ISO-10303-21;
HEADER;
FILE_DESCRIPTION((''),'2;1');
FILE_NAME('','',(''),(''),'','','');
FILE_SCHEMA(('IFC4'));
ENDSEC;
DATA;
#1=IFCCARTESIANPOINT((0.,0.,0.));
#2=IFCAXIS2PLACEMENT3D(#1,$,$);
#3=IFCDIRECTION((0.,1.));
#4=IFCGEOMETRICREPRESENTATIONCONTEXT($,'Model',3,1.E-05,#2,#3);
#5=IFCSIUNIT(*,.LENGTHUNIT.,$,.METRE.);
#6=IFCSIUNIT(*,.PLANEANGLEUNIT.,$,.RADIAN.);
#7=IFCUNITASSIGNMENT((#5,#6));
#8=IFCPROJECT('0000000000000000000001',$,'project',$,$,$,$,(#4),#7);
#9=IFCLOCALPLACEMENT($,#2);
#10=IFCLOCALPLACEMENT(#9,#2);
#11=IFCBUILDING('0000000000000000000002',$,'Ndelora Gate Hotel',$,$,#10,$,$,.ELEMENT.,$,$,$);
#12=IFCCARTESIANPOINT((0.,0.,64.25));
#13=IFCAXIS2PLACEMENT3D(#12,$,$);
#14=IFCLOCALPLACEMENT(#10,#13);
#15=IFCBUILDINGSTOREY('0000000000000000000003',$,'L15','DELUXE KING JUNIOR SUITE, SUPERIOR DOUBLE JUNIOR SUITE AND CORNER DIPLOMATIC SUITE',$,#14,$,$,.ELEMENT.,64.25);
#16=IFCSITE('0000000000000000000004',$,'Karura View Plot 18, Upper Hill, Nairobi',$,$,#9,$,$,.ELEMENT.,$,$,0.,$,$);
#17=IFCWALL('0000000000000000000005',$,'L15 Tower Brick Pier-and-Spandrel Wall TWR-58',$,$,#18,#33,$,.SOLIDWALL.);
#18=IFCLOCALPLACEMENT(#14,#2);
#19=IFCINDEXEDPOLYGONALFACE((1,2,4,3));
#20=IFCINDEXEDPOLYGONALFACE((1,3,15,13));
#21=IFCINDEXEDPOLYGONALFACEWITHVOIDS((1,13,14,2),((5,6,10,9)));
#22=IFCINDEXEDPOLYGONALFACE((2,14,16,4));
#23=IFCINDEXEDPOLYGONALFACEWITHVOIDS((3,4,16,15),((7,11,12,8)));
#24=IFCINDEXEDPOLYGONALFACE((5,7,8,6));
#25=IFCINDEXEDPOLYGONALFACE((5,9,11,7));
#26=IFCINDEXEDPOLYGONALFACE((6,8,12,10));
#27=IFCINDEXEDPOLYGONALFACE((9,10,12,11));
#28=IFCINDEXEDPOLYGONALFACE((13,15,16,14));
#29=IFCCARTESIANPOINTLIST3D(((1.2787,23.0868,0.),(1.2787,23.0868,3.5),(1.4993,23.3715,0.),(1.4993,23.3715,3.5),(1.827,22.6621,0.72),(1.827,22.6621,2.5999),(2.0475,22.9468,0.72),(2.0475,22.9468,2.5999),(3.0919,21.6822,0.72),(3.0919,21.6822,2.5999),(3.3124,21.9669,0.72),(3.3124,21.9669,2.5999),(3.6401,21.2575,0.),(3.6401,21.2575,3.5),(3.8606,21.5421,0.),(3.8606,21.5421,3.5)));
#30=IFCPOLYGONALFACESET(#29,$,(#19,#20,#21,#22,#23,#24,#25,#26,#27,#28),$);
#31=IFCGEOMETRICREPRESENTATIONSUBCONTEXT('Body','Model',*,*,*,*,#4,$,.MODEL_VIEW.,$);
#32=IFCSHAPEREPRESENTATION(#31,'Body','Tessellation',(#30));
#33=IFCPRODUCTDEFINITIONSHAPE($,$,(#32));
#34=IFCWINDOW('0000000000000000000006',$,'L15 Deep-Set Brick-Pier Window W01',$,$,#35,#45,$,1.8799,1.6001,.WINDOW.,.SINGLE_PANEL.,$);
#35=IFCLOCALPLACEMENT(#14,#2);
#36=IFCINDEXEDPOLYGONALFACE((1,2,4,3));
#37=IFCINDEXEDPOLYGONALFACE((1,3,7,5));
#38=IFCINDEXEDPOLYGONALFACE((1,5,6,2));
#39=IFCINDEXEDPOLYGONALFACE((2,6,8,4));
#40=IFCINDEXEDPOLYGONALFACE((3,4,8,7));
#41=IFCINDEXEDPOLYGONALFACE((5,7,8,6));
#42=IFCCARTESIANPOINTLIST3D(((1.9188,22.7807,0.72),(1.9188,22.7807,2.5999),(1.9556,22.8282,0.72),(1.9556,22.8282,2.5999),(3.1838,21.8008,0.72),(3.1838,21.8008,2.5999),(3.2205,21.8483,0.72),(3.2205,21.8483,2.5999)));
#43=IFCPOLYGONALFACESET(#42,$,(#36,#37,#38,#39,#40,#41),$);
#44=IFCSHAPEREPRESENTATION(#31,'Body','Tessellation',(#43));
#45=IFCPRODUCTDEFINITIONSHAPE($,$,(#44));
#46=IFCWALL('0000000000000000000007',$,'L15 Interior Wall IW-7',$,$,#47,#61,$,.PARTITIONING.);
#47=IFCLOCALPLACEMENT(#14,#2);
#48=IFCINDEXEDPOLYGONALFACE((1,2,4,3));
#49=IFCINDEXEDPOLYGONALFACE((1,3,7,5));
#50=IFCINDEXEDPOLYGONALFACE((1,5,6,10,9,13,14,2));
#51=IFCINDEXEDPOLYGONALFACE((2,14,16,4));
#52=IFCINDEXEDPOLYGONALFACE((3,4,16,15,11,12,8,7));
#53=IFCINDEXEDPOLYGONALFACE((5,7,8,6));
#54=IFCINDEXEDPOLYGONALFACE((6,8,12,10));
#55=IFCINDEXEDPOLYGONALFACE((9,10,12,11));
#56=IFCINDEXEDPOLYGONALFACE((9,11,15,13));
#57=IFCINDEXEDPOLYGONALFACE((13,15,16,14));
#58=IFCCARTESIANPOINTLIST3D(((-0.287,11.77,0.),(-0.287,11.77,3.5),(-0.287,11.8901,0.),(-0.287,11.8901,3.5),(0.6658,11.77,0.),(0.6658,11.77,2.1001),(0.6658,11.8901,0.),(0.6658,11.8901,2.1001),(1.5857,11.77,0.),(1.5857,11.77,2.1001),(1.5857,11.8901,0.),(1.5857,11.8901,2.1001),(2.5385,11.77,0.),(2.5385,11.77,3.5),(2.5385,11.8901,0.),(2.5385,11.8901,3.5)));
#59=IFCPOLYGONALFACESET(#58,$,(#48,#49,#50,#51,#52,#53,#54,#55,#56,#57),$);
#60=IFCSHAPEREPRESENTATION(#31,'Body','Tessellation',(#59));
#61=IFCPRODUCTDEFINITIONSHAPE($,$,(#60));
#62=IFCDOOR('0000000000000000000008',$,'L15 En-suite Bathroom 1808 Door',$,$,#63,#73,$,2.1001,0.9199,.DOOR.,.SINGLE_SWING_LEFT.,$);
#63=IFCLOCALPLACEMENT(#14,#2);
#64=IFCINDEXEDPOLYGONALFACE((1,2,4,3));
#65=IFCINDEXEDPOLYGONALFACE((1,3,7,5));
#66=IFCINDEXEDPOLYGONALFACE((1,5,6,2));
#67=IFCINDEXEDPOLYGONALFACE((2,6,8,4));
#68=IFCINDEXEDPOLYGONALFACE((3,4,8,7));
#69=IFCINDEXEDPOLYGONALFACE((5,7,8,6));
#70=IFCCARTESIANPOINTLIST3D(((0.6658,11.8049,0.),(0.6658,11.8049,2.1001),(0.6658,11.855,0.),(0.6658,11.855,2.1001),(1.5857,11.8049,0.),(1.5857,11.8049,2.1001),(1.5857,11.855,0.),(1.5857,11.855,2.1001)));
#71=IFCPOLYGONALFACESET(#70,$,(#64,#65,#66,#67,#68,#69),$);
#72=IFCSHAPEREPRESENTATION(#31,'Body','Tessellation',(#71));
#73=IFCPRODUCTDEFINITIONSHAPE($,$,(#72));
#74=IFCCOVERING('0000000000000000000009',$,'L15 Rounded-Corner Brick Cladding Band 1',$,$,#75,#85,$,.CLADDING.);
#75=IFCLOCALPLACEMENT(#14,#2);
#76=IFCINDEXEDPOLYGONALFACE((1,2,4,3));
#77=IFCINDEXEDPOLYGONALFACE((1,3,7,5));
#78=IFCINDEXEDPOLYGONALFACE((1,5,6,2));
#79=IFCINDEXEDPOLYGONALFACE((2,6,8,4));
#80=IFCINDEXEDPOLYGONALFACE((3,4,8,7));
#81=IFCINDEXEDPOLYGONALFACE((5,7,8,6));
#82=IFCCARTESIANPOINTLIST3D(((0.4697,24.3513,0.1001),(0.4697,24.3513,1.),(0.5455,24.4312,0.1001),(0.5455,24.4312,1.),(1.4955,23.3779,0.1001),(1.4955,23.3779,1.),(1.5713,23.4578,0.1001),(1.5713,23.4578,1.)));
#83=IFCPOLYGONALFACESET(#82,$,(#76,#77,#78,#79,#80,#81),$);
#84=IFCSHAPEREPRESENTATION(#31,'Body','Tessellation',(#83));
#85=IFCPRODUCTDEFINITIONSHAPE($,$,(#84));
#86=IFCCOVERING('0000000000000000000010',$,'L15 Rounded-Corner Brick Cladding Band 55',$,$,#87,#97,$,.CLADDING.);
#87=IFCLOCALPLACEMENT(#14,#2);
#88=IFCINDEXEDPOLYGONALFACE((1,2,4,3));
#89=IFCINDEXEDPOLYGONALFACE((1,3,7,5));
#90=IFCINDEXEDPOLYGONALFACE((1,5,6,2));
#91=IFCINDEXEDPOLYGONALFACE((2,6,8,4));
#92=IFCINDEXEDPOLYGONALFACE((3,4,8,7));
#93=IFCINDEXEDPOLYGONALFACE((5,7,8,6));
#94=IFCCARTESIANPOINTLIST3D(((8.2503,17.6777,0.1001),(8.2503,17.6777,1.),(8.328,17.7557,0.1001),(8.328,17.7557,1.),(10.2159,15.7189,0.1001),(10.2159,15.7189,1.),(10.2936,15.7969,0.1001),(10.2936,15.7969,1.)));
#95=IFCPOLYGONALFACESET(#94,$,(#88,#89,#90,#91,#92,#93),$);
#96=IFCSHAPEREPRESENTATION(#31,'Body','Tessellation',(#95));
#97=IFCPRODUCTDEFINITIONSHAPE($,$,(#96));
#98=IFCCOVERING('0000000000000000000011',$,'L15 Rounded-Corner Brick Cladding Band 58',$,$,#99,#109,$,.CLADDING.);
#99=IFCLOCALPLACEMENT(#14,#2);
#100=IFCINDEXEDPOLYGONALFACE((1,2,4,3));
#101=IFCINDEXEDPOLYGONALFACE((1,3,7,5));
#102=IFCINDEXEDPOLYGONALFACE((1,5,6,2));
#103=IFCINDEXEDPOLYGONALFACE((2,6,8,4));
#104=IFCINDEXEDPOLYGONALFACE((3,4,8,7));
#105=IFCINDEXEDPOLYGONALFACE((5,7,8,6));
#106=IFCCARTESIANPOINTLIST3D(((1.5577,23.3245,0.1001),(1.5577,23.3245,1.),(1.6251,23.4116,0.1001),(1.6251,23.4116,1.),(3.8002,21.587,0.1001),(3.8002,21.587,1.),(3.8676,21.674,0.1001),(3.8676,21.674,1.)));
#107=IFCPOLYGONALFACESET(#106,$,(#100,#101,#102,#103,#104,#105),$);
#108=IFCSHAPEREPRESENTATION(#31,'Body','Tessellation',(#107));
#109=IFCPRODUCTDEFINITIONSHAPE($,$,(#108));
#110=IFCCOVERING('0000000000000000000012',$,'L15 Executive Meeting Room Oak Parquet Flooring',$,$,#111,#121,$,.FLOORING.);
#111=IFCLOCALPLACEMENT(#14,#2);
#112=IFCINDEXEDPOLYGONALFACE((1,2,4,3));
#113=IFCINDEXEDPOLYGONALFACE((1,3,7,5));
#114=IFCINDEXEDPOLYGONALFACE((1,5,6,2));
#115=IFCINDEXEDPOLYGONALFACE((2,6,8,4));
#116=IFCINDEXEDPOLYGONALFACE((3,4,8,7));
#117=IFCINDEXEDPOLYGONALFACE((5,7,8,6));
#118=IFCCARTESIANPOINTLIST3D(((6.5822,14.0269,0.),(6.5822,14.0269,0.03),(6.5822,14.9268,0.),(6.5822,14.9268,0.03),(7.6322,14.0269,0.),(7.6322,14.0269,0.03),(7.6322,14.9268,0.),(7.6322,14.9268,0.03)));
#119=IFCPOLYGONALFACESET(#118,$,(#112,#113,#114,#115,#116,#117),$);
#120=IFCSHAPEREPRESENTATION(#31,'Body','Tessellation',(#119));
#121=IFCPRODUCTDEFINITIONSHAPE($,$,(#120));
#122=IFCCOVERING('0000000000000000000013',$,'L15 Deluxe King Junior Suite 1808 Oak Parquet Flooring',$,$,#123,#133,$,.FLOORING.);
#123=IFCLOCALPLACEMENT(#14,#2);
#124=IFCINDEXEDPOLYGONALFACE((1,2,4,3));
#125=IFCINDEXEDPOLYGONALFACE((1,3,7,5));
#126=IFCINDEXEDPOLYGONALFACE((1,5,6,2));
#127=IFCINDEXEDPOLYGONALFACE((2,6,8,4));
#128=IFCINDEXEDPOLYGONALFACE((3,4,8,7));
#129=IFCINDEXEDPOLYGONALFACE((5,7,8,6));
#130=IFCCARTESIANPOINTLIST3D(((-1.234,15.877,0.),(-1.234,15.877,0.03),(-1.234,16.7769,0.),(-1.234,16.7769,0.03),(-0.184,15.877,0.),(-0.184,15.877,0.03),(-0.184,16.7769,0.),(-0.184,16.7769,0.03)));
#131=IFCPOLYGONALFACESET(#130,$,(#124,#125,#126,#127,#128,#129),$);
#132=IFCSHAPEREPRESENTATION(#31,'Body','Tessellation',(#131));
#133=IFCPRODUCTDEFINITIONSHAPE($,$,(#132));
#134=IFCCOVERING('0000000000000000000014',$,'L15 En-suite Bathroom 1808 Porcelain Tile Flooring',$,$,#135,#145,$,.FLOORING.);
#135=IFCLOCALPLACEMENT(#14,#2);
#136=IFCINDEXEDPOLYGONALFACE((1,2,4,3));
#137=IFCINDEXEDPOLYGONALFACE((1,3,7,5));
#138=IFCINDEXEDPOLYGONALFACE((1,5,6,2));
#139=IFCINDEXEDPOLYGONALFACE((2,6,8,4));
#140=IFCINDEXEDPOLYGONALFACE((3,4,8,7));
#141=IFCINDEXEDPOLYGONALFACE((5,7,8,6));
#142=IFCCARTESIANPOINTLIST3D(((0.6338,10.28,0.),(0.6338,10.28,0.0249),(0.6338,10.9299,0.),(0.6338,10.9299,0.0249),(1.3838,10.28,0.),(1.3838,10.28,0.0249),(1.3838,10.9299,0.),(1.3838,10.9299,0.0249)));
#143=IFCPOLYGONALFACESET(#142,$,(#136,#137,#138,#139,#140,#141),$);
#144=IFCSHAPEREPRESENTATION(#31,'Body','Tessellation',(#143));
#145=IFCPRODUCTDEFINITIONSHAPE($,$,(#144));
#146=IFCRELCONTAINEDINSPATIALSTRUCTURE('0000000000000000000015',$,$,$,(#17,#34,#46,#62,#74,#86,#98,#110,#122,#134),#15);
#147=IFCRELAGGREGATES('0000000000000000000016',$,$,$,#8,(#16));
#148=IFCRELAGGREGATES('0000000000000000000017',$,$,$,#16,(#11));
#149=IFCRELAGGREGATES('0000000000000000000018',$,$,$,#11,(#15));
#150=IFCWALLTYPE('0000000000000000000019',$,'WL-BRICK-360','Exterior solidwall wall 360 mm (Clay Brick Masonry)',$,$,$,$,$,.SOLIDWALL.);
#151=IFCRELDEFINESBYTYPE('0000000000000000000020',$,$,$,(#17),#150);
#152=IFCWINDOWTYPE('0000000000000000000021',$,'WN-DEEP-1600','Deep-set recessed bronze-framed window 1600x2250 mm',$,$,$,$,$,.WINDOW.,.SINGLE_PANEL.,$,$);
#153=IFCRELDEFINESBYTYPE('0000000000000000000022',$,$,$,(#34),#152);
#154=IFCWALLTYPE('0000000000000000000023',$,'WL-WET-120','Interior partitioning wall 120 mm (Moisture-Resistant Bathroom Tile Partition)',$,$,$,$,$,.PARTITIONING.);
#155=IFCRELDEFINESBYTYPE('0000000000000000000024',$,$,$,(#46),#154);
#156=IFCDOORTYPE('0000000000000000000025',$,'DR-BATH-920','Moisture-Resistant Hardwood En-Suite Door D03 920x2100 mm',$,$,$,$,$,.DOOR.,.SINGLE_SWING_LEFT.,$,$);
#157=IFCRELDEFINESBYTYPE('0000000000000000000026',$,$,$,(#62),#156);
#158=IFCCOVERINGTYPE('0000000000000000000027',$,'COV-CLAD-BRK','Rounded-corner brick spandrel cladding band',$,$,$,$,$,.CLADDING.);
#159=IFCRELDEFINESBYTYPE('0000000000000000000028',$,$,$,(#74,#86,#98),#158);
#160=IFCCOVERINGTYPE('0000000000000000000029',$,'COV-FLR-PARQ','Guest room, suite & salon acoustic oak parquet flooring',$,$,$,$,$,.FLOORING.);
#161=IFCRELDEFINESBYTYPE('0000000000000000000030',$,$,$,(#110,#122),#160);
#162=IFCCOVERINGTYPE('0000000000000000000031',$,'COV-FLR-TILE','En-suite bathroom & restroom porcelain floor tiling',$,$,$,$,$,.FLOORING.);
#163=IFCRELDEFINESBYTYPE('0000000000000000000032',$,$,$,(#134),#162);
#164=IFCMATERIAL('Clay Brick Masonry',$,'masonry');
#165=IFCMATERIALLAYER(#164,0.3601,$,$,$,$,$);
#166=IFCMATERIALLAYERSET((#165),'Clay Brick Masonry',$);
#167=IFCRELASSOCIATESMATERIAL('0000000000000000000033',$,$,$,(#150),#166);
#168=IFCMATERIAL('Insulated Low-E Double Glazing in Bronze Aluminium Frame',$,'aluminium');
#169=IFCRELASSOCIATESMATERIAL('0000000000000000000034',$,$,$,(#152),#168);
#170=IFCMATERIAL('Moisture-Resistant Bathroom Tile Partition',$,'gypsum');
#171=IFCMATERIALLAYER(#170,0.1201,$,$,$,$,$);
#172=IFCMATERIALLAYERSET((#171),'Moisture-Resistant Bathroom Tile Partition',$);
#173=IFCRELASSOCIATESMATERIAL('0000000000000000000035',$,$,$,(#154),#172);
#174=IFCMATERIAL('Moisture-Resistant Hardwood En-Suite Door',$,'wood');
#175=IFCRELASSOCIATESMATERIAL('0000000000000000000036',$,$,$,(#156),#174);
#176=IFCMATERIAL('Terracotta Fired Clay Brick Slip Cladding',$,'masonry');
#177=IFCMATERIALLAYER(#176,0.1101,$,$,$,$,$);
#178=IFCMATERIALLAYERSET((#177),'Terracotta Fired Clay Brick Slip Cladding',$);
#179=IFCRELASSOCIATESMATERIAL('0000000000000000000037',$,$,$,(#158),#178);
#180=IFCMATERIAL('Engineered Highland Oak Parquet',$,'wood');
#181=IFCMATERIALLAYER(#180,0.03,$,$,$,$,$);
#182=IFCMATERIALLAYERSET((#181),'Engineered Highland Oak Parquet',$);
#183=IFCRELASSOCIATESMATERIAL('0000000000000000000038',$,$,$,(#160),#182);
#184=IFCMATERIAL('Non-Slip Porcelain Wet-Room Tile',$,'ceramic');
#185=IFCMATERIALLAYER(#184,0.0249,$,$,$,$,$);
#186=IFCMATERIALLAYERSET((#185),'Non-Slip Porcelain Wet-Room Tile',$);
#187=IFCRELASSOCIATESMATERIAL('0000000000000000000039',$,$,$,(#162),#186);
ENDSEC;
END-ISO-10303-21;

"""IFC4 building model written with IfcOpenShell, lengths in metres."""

from ifc_helpers import new_model, si_unit, direction, frame, frame_2d, origin, origin_2d, place, context, subcontext, project, spatial, rectangle, extrude, material, layer, layer_set, type_object, element, fill, save


model = new_model("IFC4")

# Units and contexts
model_context = context("Model", 3, precision=1e-05, world=origin(), true_north=direction((0.0, 1.0)))
body_context = subcontext(model_context, "Body", "Model", "MODEL_VIEW")
ifc_project = project(units=[si_unit("LENGTHUNIT", "METRE"), si_unit("PLANEANGLEUNIT", "RADIAN")], contexts=[model_context])

# Site, building, storey
site_placement = place(None, origin())
site = spatial("IfcSite", under=ifc_project, at=site_placement, Name="Karura View Plot 18, Upper Hill, Nairobi", CompositionType="ELEMENT", RefElevation=0.0)
building_placement = place(site_placement, origin())
building = spatial("IfcBuilding", under=site, at=building_placement, Name="Ndelora Gate Hotel", CompositionType="ELEMENT")
storey_placement = place(building_placement, frame((0.0, 0.0, 64.25)))
storey = spatial("IfcBuildingStorey", under=building, at=storey_placement, Name="L15", Description="DELUXE KING JUNIOR SUITE, SUPERIOR DOUBLE JUNIOR SUITE AND CORNER DIPLOMATIC SUITE", CompositionType="ELEMENT", Elevation=64.25)

# Shared definitions
ifc_material_1 = material(Name="Clay Brick Masonry", Category="masonry")
ifc_layer_1 = layer(ifc_material_1, 0.3601)
ifc_layer_set_1 = layer_set([ifc_layer_1], Name="Clay Brick Masonry")
wall_type_1 = type_object("IfcWallType", Name="WL-BRICK-360", Description="Exterior solidwall wall 360 mm (Clay Brick Masonry)", PredefinedType="SOLIDWALL", material=ifc_layer_set_1)

# Shared definitions
ifc_material_2 = material(Name="Insulated Low-E Double Glazing in Bronze Aluminium Frame", Category="aluminium")
window_type_1 = type_object("IfcWindowType", Name="WN-DEEP-1600", Description="Deep-set recessed bronze-framed window 1600x2250 mm", PartitioningType="SINGLE_PANEL", PredefinedType="WINDOW", material=ifc_material_2)

# Wall, opening, window
wall_1_placement = place(storey_placement, frame((1.3889, 23.2292, 0.0), z_axis=(0.0, 0.0, 1.0), x_axis=(0.790526, -0.612429, 0.0)))
wall_1 = element("IfcWall", 1, at=wall_1_placement, inside=storey, type_object=wall_type_1, Name="L15 Tower Brick Pier-and-Spandrel Wall TWR-58", PredefinedType="SOLIDWALL", context=body_context, shape_type="SweptSolid", body=[
    extrude(rectangle(XDim=2.9871, YDim=0.3601, at=frame_2d((1.4937, 0.0))), origin(), (0.0, 0.0, 1.0), 3.5),
])
opening_1_placement = place(wall_1_placement, frame((0.6936, 0.0, 0.72)))
opening_1 = element("IfcOpeningElement", 2, at=opening_1_placement, cuts=wall_1, PredefinedType="OPENING", context=body_context, shape_type="SweptSolid", body=[
    extrude(rectangle(XDim=1.6001, YDim=1.8799, at=frame_2d((0.8, 0.9399))), frame((0.0, 0.1899, 0.0), z_axis=(0.0, -1.0, 0.0), x_axis=(1.0, 0.0, 0.0)), (0.0, 0.0, 1.0), 0.3801),
])
window_1_placement = place(opening_1_placement, origin())
window_1 = element("IfcWindow", 3, at=window_1_placement, inside=storey, type_object=window_type_1, Name="L15 Deep-Set Brick-Pier Window W01", OverallHeight=1.8799, OverallWidth=1.6001, PartitioningType="SINGLE_PANEL", PredefinedType="WINDOW", context=body_context, shape_type="SweptSolid", body=[
    extrude(rectangle(XDim=1.6001, YDim=1.8799, at=frame_2d((0.8, 0.9399))), frame((0.0, 0.03, 0.0), z_axis=(0.0, -1.0, 0.0), x_axis=(1.0, 0.0, 0.0)), (0.0, 0.0, 1.0), 0.0601),
])
fill(opening_1, window_1)

# Wall, opening, door
ifc_material_3 = material(Name="Moisture-Resistant Bathroom Tile Partition", Category="gypsum")
ifc_layer_2 = layer(ifc_material_3, 0.1201)
ifc_layer_set_2 = layer_set([ifc_layer_2], Name="Moisture-Resistant Bathroom Tile Partition")
wall_type_2 = type_object("IfcWallType", Name="WL-WET-120", Description="Interior partitioning wall 120 mm (Moisture-Resistant Bathroom Tile Partition)", PredefinedType="PARTITIONING", material=ifc_layer_set_2)
wall_2_placement = place(storey_placement, frame((-0.2869, 11.8301, 0.0), z_axis=(0.0, 0.0, 1.0), x_axis=(1.0, 0.0, 0.0)))
wall_2 = element("IfcWall", 4, at=wall_2_placement, inside=storey, type_object=wall_type_2, Name="L15 Interior Wall IW-7", PredefinedType="PARTITIONING", context=body_context, shape_type="SweptSolid", body=[
    extrude(rectangle(XDim=2.8254, YDim=0.1201, at=frame_2d((1.4126, 0.0))), origin(), (0.0, 0.0, 1.0), 3.5),
])
opening_2_placement = place(wall_2_placement, frame((0.9526, 0.0, 0.0)))
opening_2 = element("IfcOpeningElement", 5, at=opening_2_placement, cuts=wall_2, PredefinedType="OPENING", context=body_context, shape_type="SweptSolid", body=[
    extrude(rectangle(XDim=0.9199, YDim=2.1001, at=frame_2d((0.46, 1.05))), frame((0.0, 0.0701, 0.0), z_axis=(0.0, -1.0, 0.0), x_axis=(1.0, 0.0, 0.0)), (0.0, 0.0, 1.0), 0.1401),
])
ifc_material_4 = material(Name="Moisture-Resistant Hardwood En-Suite Door", Category="wood")
door_type = type_object("IfcDoorType", Name="DR-BATH-920", Description="Moisture-Resistant Hardwood En-Suite Door D03 920x2100 mm", OperationType="SINGLE_SWING_LEFT", PredefinedType="DOOR", material=ifc_material_4)
door_placement = place(opening_2_placement, origin())
door = element("IfcDoor", 6, at=door_placement, inside=storey, type_object=door_type, Name="L15 En-suite Bathroom 1808 Door", OperationType="SINGLE_SWING_LEFT", OverallHeight=2.1001, OverallWidth=0.9199, PredefinedType="DOOR", context=body_context, shape_type="SweptSolid", body=[
    extrude(rectangle(XDim=0.9199, YDim=2.1001, at=frame_2d((0.46, 1.05))), frame((0.0, 0.0249, 0.0), z_axis=(0.0, -1.0, 0.0), x_axis=(1.0, 0.0, 0.0)), (0.0, 0.0, 1.0), 0.05),
])
fill(opening_2, door)

# Coverings
ifc_material_5 = material(Name="Terracotta Fired Clay Brick Slip Cladding", Category="masonry")
ifc_layer_3 = layer(ifc_material_5, 0.1101)
ifc_layer_set_3 = layer_set([ifc_layer_3], Name="Terracotta Fired Clay Brick Slip Cladding")
covering_type_1 = type_object("IfcCoveringType", Name="COV-CLAD-BRK", Description="Rounded-corner brick spandrel cladding band", PredefinedType="CLADDING", material=ifc_layer_set_3)
covering_1_placement = place(storey_placement, frame((1.0205, 23.9045, 0.1001), z_axis=(0.0, 0.0, 1.0), x_axis=(-0.725374, 0.688355, 0.0)))
element("IfcCovering", 7, at=covering_1_placement, inside=storey, type_object=covering_type_1, Name="L15 Rounded-Corner Brick Cladding Band 1", PredefinedType="CLADDING", context=body_context, shape_type="SweptSolid", body=[
    extrude(rectangle(XDim=1.4141, YDim=0.1101, at=origin_2d()), origin(), (0.0, 0.0, 1.0), 0.8999),
])
covering_2_placement = place(storey_placement, frame((9.272, 16.7373, 0.1001), z_axis=(0.0, 0.0, 1.0), x_axis=(-0.70834, 0.705872, 0.0)))
element("IfcCovering", 8, at=covering_2_placement, inside=storey, type_object=covering_type_1, Name="L15 Rounded-Corner Brick Cladding Band 55", PredefinedType="CLADDING", context=body_context, shape_type="SweptSolid", body=[
    extrude(rectangle(XDim=2.7749, YDim=0.1101, at=origin_2d()), origin(), (0.0, 0.0, 1.0), 0.8999),
])
covering_3_placement = place(storey_placement, frame((2.7126, 22.4993, 0.1001), z_axis=(0.0, 0.0, 1.0), x_axis=(-0.790476, 0.612493, 0.0)))
element("IfcCovering", 9, at=covering_3_placement, inside=storey, type_object=covering_type_1, Name="L15 Rounded-Corner Brick Cladding Band 58", PredefinedType="CLADDING", context=body_context, shape_type="SweptSolid", body=[
    extrude(rectangle(XDim=2.8369, YDim=0.1101, at=origin_2d()), origin(), (0.0, 0.0, 1.0), 0.8999),
])
ifc_material_6 = material(Name="Engineered Highland Oak Parquet", Category="wood")
ifc_layer_4 = layer(ifc_material_6, 0.03)
ifc_layer_set_4 = layer_set([ifc_layer_4], Name="Engineered Highland Oak Parquet")
covering_type_2 = type_object("IfcCoveringType", Name="COV-FLR-PARQ", Description="Guest room, suite & salon acoustic oak parquet flooring", PredefinedType="FLOORING", material=ifc_layer_set_4)
for number, where, z_axis, x_axis, name in (
    (10, (7.1072, 14.4768, 0.0), (0.0, 0.0, 1.0), (1.0, 0.0, 0.0), "L15 Executive Meeting Room Oak Parquet Flooring"),
    (11, (-0.709, 16.3269, 0.0), (0.0, 0.0, 1.0), (1.0, 0.0, 0.0), "L15 Deluxe King Junior Suite 1808 Oak Parquet Flooring"),
):
    element("IfcCovering", number, at=place(storey_placement, frame(where, z_axis=z_axis, x_axis=x_axis)), inside=storey, type_object=covering_type_2, Name=name, PredefinedType="FLOORING", context=body_context, shape_type="SweptSolid", body=[
        extrude(rectangle(XDim=1.05, YDim=0.8999, at=origin_2d()), origin(), (0.0, 0.0, 1.0), 0.03),
    ])
ifc_material_7 = material(Name="Non-Slip Porcelain Wet-Room Tile", Category="ceramic")
ifc_layer_5 = layer(ifc_material_7, 0.0249)
ifc_layer_set_5 = layer_set([ifc_layer_5], Name="Non-Slip Porcelain Wet-Room Tile")
covering_type_3 = type_object("IfcCoveringType", Name="COV-FLR-TILE", Description="En-suite bathroom & restroom porcelain floor tiling", PredefinedType="FLOORING", material=ifc_layer_set_5)
covering_4_placement = place(storey_placement, frame((1.0088, 10.605, 0.0), z_axis=(0.0, 0.0, 1.0), x_axis=(1.0, 0.0, 0.0)))
element("IfcCovering", 12, at=covering_4_placement, inside=storey, type_object=covering_type_3, Name="L15 En-suite Bathroom 1808 Porcelain Tile Flooring", PredefinedType="FLOORING", context=body_context, shape_type="SweptSolid", body=[
    extrude(rectangle(XDim=0.75, YDim=0.6499, at=origin_2d()), origin(), (0.0, 0.0, 1.0), 0.0249),
])

save(model, "model.ifc")
